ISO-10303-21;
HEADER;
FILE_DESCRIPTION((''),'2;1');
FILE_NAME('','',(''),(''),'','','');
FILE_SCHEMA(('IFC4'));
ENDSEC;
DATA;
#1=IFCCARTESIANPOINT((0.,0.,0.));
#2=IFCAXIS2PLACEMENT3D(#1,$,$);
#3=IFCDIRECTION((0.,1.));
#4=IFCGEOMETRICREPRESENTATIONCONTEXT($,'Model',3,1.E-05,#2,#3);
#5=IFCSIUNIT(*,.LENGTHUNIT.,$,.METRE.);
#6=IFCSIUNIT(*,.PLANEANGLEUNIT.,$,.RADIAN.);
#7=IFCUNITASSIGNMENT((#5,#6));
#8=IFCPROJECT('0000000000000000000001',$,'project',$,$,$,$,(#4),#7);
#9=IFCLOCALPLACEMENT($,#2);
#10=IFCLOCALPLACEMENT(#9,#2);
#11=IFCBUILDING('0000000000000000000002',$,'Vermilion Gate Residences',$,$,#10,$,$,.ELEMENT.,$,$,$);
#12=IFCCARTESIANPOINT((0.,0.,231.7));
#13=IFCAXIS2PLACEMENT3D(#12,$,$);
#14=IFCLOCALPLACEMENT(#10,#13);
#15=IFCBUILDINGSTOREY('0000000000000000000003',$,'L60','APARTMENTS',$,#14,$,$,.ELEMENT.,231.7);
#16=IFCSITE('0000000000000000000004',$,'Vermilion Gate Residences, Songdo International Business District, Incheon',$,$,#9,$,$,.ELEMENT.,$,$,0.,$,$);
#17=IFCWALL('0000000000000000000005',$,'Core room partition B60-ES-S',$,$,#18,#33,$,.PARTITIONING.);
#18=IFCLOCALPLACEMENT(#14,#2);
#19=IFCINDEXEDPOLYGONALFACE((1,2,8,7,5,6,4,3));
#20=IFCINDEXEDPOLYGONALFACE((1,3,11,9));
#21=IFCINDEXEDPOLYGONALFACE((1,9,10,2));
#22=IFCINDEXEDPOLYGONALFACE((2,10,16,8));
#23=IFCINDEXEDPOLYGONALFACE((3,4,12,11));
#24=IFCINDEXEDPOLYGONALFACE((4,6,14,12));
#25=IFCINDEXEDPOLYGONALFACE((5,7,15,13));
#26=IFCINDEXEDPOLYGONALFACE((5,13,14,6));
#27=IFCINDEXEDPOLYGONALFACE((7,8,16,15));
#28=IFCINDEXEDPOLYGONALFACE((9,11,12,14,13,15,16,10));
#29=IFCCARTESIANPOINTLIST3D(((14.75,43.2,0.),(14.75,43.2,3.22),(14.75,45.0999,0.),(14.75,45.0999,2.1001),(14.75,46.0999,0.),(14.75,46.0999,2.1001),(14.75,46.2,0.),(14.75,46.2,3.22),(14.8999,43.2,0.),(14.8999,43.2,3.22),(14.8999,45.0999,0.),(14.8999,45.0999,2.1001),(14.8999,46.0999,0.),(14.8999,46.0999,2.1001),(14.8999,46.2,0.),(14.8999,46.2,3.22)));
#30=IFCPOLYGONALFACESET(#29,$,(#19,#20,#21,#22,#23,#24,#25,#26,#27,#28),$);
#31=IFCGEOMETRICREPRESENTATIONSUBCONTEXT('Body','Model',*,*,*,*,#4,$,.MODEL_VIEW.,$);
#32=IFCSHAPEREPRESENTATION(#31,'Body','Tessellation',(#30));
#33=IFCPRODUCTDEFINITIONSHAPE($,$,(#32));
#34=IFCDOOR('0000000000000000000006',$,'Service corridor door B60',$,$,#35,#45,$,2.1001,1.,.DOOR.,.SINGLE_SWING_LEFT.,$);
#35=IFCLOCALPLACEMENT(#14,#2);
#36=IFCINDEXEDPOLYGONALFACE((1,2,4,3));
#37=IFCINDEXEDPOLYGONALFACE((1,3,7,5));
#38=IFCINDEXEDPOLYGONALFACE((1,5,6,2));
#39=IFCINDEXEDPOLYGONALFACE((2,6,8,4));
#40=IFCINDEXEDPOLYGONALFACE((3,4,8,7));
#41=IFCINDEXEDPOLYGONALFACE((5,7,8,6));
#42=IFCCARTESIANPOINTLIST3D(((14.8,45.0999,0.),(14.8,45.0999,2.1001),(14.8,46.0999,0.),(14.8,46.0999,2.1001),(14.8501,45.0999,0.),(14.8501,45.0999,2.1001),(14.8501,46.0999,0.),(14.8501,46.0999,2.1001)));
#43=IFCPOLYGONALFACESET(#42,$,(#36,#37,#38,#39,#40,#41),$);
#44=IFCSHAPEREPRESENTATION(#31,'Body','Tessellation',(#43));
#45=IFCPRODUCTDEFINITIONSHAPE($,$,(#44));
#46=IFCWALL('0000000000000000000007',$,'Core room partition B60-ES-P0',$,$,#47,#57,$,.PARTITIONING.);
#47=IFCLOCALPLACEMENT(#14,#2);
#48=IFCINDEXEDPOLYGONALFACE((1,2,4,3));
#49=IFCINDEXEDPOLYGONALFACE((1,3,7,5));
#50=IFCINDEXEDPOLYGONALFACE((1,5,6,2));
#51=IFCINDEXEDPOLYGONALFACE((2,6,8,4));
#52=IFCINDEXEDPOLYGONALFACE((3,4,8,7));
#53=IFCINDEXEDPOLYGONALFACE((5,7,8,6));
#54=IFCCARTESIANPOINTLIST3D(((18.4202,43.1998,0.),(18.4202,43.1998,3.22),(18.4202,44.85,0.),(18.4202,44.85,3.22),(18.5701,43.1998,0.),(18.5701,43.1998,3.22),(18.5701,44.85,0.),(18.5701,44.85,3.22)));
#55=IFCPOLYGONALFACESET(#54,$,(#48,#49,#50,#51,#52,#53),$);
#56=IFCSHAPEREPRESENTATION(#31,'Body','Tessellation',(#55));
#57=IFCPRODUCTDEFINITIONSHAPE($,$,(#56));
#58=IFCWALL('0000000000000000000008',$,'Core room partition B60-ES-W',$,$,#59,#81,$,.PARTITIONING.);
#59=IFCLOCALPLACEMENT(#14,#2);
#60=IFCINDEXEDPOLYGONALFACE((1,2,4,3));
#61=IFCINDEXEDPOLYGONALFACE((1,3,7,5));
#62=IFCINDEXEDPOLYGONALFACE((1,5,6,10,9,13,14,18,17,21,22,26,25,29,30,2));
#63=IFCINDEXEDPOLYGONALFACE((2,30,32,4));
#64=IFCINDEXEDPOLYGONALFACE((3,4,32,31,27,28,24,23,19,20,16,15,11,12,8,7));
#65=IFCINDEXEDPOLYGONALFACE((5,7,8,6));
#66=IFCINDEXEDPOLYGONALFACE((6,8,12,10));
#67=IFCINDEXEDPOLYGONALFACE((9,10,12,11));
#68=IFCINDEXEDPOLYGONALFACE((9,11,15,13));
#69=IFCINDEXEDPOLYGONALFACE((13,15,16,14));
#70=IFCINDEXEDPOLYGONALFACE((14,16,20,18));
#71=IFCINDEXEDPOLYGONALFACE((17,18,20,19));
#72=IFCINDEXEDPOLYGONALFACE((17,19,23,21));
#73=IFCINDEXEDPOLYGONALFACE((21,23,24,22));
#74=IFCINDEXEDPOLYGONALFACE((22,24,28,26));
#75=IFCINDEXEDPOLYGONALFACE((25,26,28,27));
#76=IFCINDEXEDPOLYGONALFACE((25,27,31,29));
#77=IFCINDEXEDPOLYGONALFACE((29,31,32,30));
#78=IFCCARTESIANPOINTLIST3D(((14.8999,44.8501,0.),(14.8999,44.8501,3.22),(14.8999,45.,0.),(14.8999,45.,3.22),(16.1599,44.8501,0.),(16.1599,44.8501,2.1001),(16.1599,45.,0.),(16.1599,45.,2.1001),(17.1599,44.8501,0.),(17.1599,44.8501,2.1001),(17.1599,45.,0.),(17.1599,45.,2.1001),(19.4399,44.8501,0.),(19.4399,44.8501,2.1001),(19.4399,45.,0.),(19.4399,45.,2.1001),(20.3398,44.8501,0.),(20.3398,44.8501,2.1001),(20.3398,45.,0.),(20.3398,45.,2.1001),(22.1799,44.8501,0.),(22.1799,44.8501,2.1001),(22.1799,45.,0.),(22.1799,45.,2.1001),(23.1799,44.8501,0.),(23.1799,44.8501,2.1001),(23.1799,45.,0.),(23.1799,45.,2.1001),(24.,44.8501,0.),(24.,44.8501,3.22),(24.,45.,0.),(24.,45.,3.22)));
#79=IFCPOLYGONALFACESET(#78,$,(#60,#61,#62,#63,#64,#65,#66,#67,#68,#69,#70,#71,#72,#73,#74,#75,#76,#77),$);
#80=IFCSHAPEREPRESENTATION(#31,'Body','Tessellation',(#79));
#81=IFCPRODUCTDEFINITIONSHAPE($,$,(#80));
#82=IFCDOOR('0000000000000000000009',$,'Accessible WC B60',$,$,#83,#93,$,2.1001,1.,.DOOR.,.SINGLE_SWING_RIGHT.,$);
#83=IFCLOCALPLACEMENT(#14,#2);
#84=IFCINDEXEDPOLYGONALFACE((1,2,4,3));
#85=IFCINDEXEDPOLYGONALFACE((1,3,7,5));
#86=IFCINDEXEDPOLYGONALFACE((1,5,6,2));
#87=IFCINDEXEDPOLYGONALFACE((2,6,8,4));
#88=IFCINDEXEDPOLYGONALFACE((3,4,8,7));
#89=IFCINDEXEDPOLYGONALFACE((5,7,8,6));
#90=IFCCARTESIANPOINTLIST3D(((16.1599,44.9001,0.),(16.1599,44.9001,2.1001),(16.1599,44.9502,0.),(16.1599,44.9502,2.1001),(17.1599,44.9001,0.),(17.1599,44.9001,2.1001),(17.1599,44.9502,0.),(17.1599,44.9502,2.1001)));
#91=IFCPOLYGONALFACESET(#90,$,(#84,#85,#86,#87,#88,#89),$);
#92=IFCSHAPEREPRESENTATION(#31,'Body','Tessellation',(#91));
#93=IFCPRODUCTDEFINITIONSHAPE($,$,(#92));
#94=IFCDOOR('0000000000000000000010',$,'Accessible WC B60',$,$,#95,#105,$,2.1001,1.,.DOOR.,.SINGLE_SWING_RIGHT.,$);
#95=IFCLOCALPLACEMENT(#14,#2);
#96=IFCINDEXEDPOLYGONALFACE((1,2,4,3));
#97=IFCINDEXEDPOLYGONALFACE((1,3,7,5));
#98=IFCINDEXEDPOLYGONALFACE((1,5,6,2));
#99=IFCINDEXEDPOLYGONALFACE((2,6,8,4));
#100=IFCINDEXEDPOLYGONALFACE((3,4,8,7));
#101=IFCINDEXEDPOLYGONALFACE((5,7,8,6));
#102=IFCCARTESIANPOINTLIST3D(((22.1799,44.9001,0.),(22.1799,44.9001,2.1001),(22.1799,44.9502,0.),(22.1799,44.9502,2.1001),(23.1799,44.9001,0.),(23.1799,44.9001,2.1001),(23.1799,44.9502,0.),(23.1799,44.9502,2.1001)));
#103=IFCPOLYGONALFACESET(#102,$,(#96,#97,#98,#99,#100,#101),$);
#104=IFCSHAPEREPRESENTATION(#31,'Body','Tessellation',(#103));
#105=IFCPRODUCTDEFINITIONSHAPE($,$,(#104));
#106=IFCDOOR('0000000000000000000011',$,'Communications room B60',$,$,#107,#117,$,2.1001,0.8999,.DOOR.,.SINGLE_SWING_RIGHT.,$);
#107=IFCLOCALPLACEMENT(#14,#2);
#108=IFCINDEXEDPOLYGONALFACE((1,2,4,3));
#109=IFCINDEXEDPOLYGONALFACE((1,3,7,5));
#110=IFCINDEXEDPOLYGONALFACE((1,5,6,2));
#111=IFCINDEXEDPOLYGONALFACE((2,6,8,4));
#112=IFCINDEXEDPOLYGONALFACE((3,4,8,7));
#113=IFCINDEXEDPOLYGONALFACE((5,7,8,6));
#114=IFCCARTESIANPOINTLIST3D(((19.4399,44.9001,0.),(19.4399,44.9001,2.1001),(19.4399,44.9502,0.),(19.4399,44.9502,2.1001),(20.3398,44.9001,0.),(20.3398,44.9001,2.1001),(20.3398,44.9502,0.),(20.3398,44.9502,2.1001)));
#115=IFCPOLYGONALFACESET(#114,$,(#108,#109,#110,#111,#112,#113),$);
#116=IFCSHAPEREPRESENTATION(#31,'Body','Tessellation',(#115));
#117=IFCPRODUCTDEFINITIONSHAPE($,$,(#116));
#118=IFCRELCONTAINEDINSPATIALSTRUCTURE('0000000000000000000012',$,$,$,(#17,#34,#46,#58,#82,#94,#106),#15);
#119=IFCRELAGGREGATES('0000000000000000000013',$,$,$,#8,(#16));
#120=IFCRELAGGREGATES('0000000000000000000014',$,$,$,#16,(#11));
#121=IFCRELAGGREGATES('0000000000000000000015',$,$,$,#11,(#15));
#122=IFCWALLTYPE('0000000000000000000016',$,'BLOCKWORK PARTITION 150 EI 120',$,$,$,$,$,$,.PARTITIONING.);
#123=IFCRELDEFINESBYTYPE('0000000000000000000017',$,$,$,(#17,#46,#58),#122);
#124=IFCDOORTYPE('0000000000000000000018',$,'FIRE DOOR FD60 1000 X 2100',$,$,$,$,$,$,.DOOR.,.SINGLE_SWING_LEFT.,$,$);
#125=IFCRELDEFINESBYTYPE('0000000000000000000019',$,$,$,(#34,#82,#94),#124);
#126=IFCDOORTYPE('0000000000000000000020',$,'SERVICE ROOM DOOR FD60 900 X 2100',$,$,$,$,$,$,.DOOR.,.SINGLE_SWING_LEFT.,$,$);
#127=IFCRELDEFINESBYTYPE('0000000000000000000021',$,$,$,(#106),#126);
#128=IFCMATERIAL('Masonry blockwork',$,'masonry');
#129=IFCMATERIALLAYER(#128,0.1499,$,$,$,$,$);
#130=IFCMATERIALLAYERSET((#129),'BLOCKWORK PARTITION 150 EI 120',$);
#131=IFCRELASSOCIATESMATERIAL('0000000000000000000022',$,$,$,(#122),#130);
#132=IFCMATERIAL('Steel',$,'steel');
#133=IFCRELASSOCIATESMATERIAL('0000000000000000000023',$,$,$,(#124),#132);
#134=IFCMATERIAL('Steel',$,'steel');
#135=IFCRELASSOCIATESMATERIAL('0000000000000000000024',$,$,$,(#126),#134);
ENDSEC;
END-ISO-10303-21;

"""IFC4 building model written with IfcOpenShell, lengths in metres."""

from ifc_helpers import new_model, si_unit, direction, frame, frame_2d, origin, place, context, subcontext, project, spatial, rectangle, extrude, material, layer, layer_set, type_object, element, fill, save


model = new_model("IFC4")

# Units and contexts
model_context = context("Model", 3, precision=1e-05, world=origin(), true_north=direction((0.0, 1.0)))
body_context = subcontext(model_context, "Body", "Model", "MODEL_VIEW")
ifc_project = project(units=[si_unit("LENGTHUNIT", "METRE"), si_unit("PLANEANGLEUNIT", "RADIAN")], contexts=[model_context])

# Site, building, storey
site_placement = place(None, origin())
site = spatial("IfcSite", under=ifc_project, at=site_placement, Name="Vermilion Gate Residences, Songdo International Business District, Incheon", CompositionType="ELEMENT", RefElevation=0.0)
building_placement = place(site_placement, origin())
building = spatial("IfcBuilding", under=site, at=building_placement, Name="Vermilion Gate Residences", CompositionType="ELEMENT")
storey_placement = place(building_placement, frame((0.0, 0.0, 231.7)))
storey = spatial("IfcBuildingStorey", under=building, at=storey_placement, Name="L60", Description="APARTMENTS", CompositionType="ELEMENT", Elevation=231.7)

# Wall, opening, door
ifc_material_1 = material(Name="Masonry blockwork", Category="masonry")
ifc_layer_1 = layer(ifc_material_1, 0.1499)
ifc_layer_set_1 = layer_set([ifc_layer_1], Name="BLOCKWORK PARTITION 150 EI 120")
wall_type_1 = type_object("IfcWallType", Name="BLOCKWORK PARTITION 150 EI 120", PredefinedType="PARTITIONING", material=ifc_layer_set_1)
wall_1_placement = place(storey_placement, frame((14.825, 46.2, 0.0), z_axis=(0.0, 0.0, 1.0), x_axis=(0.0, -1.0, 0.0)))
wall_1 = element("IfcWall", 1, at=wall_1_placement, inside=storey, type_object=wall_type_1, Name="Core room partition B60-ES-S", PredefinedType="PARTITIONING", context=body_context, shape_type="SweptSolid", body=[
    extrude(rectangle(XDim=3.0, YDim=0.1499, at=frame_2d((1.5, 0.0))), origin(), (0.0, 0.0, 1.0), 3.22),
])
opening_1_placement = place(wall_1_placement, frame((0.1001, 0.0, 0.0)))
opening_1 = element("IfcOpeningElement", 2, at=opening_1_placement, cuts=wall_1, PredefinedType="OPENING", context=body_context, shape_type="SweptSolid", body=[
    extrude(rectangle(XDim=1.0, YDim=2.1001, at=frame_2d((0.5, 1.05))), frame((0.0, 0.085, 0.0), z_axis=(0.0, -1.0, 0.0), x_axis=(1.0, 0.0, 0.0)), (0.0, 0.0, 1.0), 0.1699),
])
ifc_material_2 = material(Name="Steel", Category="steel")
door_type_1 = type_object("IfcDoorType", Name="FIRE DOOR FD60 1000 X 2100", OperationType="SINGLE_SWING_LEFT", PredefinedType="DOOR", material=ifc_material_2)
door_1_placement = place(opening_1_placement, frame((1.0, 0.0, 0.0), z_axis=(0.0, 0.0, 1.0), x_axis=(-1.0, 0.0, 0.0)))
door_1 = element("IfcDoor", 3, at=door_1_placement, inside=storey, type_object=door_type_1, Name="Service corridor door B60", OperationType="SINGLE_SWING_LEFT", OverallHeight=2.1001, OverallWidth=1.0, PredefinedType="DOOR", context=body_context, shape_type="SweptSolid", body=[
    extrude(rectangle(XDim=1.0, YDim=2.1001, at=frame_2d((0.5, 1.05))), frame((0.0, 0.0249, 0.0), z_axis=(0.0, -1.0, 0.0), x_axis=(1.0, 0.0, 0.0)), (0.0, 0.0, 1.0), 0.05),
])
fill(opening_1, door_1)

# Wall
wall_2_placement = place(storey_placement, frame((18.4951, 44.8501, 0.0), z_axis=(0.0, 0.0, 1.0), x_axis=(0.0, -1.0, 0.0)))
element("IfcWall", 4, at=wall_2_placement, inside=storey, type_object=wall_type_1, Name="Core room partition B60-ES-P0", PredefinedType="PARTITIONING", context=body_context, shape_type="SweptSolid", body=[
    extrude(rectangle(XDim=1.6501, YDim=0.1499, at=frame_2d((0.8252, 0.0))), origin(), (0.0, 0.0, 1.0), 3.22),
])

# Wall, openings, doors
wall_3_placement = place(storey_placement, frame((14.8999, 44.925, 0.0), z_axis=(0.0, 0.0, 1.0), x_axis=(1.0, 0.0, 0.0)))
wall_3 = element("IfcWall", 5, at=wall_3_placement, inside=storey, type_object=wall_type_1, Name="Core room partition B60-ES-W", PredefinedType="PARTITIONING", context=body_context, shape_type="SweptSolid", body=[
    extrude(rectangle(XDim=9.1001, YDim=0.1499, at=frame_2d((4.55, 0.0))), origin(), (0.0, 0.0, 1.0), 3.22),
])
opening_2_placement = place(wall_3_placement, frame((1.26, 0.0, 0.0)))
opening_2 = element("IfcOpeningElement", 6, at=opening_2_placement, cuts=wall_3, PredefinedType="OPENING", context=body_context, shape_type="SweptSolid", body=[
    extrude(rectangle(XDim=1.0, YDim=2.1001, at=frame_2d((0.5, 1.05))), frame((0.0, 0.085, 0.0), z_axis=(0.0, -1.0, 0.0), x_axis=(1.0, 0.0, 0.0)), (0.0, 0.0, 1.0), 0.1699),
])
opening_3_placement = place(wall_3_placement, frame((4.54, 0.0, 0.0)))
opening_3 = element("IfcOpeningElement", 7, at=opening_3_placement, cuts=wall_3, PredefinedType="OPENING", context=body_context, shape_type="SweptSolid", body=[
    extrude(rectangle(XDim=0.8999, YDim=2.1001, at=frame_2d((0.45, 1.05))), frame((0.0, 0.085, 0.0), z_axis=(0.0, -1.0, 0.0), x_axis=(1.0, 0.0, 0.0)), (0.0, 0.0, 1.0), 0.1699),
])
opening_4_placement = place(wall_3_placement, frame((7.28, 0.0, 0.0)))
opening_4 = element("IfcOpeningElement", 8, at=opening_4_placement, cuts=wall_3, PredefinedType="OPENING", context=body_context, shape_type="SweptSolid", body=[
    extrude(rectangle(XDim=1.0, YDim=2.1001, at=frame_2d((0.5, 1.05))), frame((0.0, 0.085, 0.0), z_axis=(0.0, -1.0, 0.0), x_axis=(1.0, 0.0, 0.0)), (0.0, 0.0, 1.0), 0.1699),
])
door_2_placement = place(opening_2_placement, frame((1.0, 0.0, 0.0), z_axis=(0.0, 0.0, 1.0), x_axis=(-1.0, 0.0, 0.0)))
door_2 = element("IfcDoor", 9, at=door_2_placement, inside=storey, type_object=door_type_1, Name="Accessible WC B60", OperationType="SINGLE_SWING_RIGHT", OverallHeight=2.1001, OverallWidth=1.0, PredefinedType="DOOR", context=body_context, shape_type="SweptSolid", body=[
    extrude(rectangle(XDim=1.0, YDim=2.1001, at=frame_2d((0.5, 1.05))), frame((0.0, 0.0249, 0.0), z_axis=(0.0, -1.0, 0.0), x_axis=(1.0, 0.0, 0.0)), (0.0, 0.0, 1.0), 0.05),
])
fill(opening_2, door_2)
door_3_placement = place(opening_4_placement, frame((1.0, 0.0, 0.0), z_axis=(0.0, 0.0, 1.0), x_axis=(-1.0, 0.0, 0.0)))
door_3 = element("IfcDoor", 10, at=door_3_placement, inside=storey, type_object=door_type_1, Name="Accessible WC B60", OperationType="SINGLE_SWING_RIGHT", OverallHeight=2.1001, OverallWidth=1.0, PredefinedType="DOOR", context=body_context, shape_type="SweptSolid", body=[
    extrude(rectangle(XDim=1.0, YDim=2.1001, at=frame_2d((0.5, 1.05))), frame((0.0, 0.0249, 0.0), z_axis=(0.0, -1.0, 0.0), x_axis=(1.0, 0.0, 0.0)), (0.0, 0.0, 1.0), 0.05),
])
fill(opening_4, door_3)
ifc_material_3 = material(Name="Steel", Category="steel")
door_type_2 = type_object("IfcDoorType", Name="SERVICE ROOM DOOR FD60 900 X 2100", OperationType="SINGLE_SWING_LEFT", PredefinedType="DOOR", material=ifc_material_3)
door_4_placement = place(opening_3_placement, frame((0.8999, 0.0, 0.0), z_axis=(0.0, 0.0, 1.0), x_axis=(-1.0, 0.0, 0.0)))
door_4 = element("IfcDoor", 11, at=door_4_placement, inside=storey, type_object=door_type_2, Name="Communications room B60", OperationType="SINGLE_SWING_RIGHT", OverallHeight=2.1001, OverallWidth=0.8999, PredefinedType="DOOR", context=body_context, shape_type="SweptSolid", body=[
    extrude(rectangle(XDim=0.8999, YDim=2.1001, at=frame_2d((0.45, 1.05))), frame((0.0, 0.0249, 0.0), z_axis=(0.0, -1.0, 0.0), x_axis=(1.0, 0.0, 0.0)), (0.0, 0.0, 1.0), 0.05),
])
fill(opening_3, door_4)

save(model, "model.ifc")
